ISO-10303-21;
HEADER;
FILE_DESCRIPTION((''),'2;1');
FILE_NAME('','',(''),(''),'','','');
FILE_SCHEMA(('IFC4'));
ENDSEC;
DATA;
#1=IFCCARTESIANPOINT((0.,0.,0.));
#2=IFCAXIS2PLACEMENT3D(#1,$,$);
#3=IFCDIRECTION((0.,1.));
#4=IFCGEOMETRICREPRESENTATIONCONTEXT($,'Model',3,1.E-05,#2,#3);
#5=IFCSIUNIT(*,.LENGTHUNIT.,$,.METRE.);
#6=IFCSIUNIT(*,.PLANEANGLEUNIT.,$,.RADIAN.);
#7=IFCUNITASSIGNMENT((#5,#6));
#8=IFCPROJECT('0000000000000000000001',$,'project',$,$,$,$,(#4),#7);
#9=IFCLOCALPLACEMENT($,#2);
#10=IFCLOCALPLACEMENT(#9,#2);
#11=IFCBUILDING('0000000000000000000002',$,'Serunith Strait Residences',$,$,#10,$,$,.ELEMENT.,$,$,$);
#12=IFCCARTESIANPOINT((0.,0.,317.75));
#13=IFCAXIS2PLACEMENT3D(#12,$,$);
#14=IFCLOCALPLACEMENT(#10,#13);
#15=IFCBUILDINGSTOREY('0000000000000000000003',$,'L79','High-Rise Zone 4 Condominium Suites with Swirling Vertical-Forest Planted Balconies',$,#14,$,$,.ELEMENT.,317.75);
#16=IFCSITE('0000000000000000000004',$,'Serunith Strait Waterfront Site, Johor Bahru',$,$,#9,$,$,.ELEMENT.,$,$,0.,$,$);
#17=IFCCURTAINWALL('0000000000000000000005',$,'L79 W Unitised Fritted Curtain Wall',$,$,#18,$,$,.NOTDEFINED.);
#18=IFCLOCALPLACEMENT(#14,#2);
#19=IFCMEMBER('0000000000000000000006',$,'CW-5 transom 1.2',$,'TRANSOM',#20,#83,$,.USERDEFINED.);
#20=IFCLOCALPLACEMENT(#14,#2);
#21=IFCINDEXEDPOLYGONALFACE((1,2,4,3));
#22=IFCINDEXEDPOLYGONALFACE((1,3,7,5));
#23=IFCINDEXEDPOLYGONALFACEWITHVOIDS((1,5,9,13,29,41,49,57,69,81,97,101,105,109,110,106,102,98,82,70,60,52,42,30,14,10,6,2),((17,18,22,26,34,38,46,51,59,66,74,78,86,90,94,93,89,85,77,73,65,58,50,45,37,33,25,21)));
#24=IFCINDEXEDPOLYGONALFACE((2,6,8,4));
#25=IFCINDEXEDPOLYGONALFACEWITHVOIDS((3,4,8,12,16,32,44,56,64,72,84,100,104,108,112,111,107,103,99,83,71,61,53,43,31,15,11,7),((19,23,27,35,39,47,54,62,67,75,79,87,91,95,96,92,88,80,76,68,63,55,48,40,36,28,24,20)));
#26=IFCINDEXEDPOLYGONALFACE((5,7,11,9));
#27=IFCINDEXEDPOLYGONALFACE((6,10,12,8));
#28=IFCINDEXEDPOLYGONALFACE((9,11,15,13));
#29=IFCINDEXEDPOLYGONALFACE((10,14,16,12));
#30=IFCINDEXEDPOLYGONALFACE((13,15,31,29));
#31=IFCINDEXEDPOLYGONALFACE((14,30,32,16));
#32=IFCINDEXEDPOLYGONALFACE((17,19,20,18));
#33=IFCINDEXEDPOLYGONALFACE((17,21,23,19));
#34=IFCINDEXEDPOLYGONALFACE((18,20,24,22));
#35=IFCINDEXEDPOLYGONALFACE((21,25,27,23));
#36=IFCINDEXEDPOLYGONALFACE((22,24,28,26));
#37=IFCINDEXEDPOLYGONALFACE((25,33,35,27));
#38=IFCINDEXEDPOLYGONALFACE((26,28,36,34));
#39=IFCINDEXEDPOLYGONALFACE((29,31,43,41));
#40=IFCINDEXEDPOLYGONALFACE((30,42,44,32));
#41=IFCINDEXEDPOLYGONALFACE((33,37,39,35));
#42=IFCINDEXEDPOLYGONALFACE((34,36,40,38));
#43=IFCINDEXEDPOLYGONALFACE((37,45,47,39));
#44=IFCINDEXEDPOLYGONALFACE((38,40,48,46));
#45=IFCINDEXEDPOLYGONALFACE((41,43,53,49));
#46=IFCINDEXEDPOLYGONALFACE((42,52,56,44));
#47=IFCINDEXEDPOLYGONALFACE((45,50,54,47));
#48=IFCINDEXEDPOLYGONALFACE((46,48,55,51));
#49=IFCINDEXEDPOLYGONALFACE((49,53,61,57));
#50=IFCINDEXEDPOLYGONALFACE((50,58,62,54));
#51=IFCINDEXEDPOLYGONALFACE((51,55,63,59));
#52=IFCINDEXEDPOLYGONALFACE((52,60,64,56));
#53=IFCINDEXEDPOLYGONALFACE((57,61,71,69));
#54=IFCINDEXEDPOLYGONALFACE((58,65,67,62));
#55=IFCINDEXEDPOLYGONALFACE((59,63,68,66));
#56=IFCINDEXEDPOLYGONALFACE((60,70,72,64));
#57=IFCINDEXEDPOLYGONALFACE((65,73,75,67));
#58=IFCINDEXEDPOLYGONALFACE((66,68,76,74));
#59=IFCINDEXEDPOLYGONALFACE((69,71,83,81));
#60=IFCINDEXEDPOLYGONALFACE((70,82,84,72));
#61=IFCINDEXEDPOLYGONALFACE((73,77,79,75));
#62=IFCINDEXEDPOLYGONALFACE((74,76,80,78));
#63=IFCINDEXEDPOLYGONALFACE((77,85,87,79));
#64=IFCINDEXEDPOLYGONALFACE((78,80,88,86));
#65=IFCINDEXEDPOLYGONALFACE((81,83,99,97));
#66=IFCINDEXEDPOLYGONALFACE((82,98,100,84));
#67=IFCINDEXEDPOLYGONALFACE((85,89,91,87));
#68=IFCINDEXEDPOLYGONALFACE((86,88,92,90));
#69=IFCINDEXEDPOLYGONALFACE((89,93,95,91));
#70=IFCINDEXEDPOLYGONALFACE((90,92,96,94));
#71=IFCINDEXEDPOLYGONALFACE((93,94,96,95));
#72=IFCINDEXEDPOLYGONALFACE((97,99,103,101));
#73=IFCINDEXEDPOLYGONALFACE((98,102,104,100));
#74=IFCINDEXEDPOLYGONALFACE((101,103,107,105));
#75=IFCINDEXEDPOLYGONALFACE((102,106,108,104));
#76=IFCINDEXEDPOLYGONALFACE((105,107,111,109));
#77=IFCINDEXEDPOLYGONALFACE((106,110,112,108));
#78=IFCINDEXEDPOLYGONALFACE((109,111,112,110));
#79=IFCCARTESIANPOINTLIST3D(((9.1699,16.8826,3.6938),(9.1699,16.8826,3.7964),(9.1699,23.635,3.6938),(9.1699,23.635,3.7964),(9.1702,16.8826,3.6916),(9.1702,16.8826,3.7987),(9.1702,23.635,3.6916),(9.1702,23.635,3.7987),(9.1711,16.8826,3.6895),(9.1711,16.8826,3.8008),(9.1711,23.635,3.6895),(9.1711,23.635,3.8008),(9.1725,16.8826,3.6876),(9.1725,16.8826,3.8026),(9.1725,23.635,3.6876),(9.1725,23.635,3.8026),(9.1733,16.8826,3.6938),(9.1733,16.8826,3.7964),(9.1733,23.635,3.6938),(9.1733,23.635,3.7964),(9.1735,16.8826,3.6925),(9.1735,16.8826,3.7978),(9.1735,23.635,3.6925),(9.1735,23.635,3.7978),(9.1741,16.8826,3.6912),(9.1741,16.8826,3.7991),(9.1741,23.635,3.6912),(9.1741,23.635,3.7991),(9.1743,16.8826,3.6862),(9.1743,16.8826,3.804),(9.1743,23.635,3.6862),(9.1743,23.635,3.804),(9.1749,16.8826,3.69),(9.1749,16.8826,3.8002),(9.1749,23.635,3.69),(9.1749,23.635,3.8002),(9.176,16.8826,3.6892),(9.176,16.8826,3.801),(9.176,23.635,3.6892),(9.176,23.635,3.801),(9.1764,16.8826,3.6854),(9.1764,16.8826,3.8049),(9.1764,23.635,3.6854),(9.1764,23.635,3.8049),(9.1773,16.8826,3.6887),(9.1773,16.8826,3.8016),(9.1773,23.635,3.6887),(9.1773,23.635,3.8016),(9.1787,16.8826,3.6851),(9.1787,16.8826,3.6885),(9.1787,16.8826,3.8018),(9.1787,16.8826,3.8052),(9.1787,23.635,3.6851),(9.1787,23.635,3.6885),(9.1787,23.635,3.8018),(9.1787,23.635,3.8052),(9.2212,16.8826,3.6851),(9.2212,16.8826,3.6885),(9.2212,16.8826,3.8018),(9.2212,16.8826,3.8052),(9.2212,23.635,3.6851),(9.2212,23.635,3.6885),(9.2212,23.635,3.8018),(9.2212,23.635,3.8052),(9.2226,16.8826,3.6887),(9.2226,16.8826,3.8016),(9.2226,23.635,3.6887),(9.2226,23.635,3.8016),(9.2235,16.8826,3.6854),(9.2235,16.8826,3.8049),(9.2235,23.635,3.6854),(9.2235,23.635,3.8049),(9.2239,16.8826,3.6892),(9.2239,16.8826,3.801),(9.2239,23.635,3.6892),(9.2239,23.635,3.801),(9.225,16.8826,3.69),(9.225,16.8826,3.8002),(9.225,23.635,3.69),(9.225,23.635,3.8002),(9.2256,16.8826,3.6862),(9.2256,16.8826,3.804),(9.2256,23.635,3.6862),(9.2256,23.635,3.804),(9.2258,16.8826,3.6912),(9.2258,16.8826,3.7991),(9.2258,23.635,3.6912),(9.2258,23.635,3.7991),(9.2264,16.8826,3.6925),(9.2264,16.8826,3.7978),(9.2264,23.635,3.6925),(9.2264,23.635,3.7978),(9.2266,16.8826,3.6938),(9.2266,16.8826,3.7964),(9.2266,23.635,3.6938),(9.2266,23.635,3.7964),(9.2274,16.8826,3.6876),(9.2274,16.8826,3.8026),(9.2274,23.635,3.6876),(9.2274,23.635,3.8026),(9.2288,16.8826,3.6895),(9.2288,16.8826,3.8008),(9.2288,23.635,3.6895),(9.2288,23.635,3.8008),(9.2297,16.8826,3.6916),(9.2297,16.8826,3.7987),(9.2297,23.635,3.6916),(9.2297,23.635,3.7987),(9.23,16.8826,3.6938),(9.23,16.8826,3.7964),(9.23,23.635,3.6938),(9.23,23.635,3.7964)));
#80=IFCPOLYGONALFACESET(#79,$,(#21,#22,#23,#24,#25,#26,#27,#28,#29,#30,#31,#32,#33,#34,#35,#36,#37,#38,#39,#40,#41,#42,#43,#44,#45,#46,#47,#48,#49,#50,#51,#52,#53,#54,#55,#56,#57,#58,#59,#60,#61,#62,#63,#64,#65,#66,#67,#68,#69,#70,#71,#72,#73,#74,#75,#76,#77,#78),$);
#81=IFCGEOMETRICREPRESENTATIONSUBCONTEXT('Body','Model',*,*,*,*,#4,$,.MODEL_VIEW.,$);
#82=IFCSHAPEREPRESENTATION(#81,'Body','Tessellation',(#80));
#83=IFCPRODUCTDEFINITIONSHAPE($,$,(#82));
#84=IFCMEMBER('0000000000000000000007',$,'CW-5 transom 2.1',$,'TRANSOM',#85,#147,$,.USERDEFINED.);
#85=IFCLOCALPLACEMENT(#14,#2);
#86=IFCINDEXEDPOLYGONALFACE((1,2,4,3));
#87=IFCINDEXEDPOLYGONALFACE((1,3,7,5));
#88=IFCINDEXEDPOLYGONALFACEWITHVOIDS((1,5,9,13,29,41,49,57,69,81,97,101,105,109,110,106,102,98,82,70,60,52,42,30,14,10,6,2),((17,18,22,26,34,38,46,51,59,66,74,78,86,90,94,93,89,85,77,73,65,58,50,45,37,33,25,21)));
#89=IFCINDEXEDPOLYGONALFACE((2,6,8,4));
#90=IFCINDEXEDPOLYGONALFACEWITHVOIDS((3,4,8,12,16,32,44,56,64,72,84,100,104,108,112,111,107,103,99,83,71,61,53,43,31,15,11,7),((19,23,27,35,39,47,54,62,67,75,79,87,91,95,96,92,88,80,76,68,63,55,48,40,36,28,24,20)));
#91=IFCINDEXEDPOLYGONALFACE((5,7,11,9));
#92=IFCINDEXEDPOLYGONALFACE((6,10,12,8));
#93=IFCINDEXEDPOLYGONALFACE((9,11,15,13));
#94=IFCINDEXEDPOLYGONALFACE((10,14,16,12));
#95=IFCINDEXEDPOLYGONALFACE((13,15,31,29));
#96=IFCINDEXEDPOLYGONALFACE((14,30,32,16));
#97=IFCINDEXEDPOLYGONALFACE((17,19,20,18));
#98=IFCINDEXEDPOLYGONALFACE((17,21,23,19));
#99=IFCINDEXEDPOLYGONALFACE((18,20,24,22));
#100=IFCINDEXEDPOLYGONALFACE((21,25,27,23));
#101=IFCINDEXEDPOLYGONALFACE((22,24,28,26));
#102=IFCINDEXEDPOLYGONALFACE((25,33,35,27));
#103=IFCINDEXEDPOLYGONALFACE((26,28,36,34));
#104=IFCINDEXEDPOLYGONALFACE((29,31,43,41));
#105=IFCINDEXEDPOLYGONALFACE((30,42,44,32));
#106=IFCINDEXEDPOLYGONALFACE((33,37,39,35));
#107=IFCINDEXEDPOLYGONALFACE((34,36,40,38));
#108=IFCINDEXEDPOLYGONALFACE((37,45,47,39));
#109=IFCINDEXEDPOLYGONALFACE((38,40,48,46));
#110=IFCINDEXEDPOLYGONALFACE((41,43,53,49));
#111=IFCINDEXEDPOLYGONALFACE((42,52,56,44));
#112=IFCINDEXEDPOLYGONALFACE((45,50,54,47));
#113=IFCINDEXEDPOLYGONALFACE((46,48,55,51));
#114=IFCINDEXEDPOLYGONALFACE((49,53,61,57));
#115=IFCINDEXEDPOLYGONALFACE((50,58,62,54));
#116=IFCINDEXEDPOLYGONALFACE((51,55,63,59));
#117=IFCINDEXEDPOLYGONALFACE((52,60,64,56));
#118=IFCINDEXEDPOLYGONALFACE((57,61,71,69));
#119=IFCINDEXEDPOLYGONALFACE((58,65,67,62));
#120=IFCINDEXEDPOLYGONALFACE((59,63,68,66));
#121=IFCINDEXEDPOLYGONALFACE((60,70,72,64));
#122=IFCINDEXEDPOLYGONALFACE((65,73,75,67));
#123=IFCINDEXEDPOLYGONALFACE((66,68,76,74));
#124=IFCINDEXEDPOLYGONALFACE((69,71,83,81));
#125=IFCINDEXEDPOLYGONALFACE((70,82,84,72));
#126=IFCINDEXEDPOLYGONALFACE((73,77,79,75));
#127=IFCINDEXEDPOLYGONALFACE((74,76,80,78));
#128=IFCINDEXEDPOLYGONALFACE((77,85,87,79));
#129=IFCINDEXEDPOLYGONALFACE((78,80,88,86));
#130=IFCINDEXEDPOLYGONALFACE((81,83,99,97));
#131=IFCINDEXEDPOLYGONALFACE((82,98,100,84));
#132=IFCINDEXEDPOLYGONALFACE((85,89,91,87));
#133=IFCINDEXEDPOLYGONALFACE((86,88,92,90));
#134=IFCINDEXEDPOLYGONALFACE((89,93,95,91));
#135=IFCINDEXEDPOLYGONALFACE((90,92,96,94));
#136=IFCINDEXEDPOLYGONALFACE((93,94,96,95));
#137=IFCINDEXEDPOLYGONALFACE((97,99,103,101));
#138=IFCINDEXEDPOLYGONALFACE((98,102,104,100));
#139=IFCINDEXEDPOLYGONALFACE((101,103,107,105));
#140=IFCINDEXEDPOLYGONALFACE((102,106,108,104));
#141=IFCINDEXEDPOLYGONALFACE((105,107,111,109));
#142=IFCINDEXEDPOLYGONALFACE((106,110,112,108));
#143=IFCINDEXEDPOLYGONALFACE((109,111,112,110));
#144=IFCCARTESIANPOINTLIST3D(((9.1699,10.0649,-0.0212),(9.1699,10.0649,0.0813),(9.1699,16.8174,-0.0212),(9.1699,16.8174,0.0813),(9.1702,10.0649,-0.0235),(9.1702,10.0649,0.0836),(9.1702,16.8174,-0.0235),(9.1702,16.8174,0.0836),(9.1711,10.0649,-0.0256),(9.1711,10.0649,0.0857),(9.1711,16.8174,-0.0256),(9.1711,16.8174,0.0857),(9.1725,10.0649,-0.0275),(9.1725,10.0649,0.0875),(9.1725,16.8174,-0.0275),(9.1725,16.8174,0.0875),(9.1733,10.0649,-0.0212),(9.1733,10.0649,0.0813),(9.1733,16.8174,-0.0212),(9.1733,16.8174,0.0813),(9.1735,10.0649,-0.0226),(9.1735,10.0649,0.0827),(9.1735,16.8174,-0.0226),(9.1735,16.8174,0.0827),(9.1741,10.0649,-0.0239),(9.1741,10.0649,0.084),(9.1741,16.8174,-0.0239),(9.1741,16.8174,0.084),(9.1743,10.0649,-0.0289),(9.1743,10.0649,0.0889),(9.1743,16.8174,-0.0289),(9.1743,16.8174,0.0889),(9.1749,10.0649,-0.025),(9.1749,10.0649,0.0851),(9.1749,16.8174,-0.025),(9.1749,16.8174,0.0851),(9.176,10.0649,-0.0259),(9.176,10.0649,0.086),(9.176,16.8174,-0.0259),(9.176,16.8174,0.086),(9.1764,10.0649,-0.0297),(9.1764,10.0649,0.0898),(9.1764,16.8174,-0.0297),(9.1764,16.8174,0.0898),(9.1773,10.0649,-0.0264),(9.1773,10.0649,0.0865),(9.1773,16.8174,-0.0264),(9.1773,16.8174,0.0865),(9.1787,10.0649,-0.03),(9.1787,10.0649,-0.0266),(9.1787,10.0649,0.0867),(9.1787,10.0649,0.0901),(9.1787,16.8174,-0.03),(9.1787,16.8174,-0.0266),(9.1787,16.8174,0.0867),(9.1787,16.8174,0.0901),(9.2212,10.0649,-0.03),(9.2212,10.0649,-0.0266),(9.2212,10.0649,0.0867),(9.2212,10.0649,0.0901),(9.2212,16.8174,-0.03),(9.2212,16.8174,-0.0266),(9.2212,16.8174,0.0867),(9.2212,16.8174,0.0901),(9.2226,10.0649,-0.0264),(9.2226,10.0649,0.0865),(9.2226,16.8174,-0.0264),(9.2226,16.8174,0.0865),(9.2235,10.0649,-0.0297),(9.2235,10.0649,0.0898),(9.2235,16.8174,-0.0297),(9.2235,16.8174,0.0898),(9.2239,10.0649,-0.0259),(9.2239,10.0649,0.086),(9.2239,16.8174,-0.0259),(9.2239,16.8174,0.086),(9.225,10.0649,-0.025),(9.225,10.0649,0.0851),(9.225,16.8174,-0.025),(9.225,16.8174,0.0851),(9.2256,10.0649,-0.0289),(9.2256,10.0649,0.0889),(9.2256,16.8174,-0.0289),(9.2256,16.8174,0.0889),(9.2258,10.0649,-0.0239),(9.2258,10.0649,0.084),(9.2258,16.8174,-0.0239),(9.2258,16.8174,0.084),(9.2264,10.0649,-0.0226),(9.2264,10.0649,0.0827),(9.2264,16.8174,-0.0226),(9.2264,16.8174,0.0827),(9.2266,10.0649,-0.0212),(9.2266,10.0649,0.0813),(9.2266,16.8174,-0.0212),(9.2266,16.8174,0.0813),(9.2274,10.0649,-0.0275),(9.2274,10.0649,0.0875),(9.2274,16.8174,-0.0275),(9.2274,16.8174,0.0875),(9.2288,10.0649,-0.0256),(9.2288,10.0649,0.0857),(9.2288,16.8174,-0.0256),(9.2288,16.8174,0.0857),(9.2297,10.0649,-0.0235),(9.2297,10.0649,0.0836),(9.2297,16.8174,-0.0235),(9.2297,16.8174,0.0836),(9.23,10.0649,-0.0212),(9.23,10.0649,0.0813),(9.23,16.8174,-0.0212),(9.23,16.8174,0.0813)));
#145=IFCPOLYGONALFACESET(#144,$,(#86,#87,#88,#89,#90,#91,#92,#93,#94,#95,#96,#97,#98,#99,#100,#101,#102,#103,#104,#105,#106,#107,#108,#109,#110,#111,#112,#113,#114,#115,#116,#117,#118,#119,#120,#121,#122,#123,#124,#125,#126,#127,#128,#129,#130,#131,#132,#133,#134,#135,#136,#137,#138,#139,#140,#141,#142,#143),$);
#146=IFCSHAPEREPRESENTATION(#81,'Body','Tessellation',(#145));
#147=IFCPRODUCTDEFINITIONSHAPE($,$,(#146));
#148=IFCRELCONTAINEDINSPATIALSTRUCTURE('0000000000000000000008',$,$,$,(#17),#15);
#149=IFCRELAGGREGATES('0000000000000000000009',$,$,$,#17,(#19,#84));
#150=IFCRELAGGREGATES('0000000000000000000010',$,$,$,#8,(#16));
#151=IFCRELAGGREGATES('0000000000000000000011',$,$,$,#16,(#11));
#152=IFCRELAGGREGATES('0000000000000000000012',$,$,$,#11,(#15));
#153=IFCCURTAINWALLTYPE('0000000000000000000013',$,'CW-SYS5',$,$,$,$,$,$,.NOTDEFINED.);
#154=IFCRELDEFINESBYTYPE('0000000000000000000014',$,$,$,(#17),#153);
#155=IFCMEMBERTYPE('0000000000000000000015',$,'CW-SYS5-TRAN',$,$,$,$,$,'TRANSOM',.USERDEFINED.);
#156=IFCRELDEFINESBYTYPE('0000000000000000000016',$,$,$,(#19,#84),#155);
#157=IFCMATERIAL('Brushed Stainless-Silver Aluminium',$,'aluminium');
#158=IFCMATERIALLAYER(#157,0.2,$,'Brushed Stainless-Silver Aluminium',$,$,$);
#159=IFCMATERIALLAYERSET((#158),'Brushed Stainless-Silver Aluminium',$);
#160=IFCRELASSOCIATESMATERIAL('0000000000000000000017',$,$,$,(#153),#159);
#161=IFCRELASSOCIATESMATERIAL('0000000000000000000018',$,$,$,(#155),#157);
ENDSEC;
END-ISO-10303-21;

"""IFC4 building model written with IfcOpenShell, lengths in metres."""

from ifc_helpers import new_model, si_unit, direction, frame, origin, origin_2d, place, context, subcontext, project, spatial, hollow_rectangle, extrude, source, transform, mapped, material, layer, layer_set, material_profile, profile_set, type_object, element, aggregate, save


model = new_model("IFC4")

# Units and contexts
model_context = context("Model", 3, precision=1e-05, world=origin(), true_north=direction((0.0, 1.0)))
body_context = subcontext(model_context, "Body", "Model", "MODEL_VIEW")
ifc_project = project(units=[si_unit("LENGTHUNIT", "METRE"), si_unit("PLANEANGLEUNIT", "RADIAN")], contexts=[model_context])

# Site, building, storey
site_placement = place(None, origin())
site = spatial("IfcSite", under=ifc_project, at=site_placement, Name="Serunith Strait Waterfront Site, Johor Bahru", CompositionType="ELEMENT", RefElevation=0.0)
building_placement = place(site_placement, origin())
building = spatial("IfcBuilding", under=site, at=building_placement, Name="Serunith Strait Residences", CompositionType="ELEMENT")
storey_placement = place(building_placement, frame((0.0, 0.0, 317.75)))
storey = spatial("IfcBuildingStorey", under=building, at=storey_placement, Name="L79", Description="High-Rise Zone 4 Condominium Suites with Swirling Vertical-Forest Planted Balconies", CompositionType="ELEMENT", Elevation=317.75)

# Curtain wall, members
ifc_material_1 = material(Name="Brushed Stainless-Silver Aluminium", Category="aluminium")
ifc_layer_1 = layer(ifc_material_1, 0.2, Name="Brushed Stainless-Silver Aluminium")
ifc_layer_set_1 = layer_set([ifc_layer_1], Name="Brushed Stainless-Silver Aluminium")
curtain_wall_type = type_object("IfcCurtainWallType", Name="CW-SYS5", PredefinedType="NOTDEFINED", material=ifc_layer_set_1)
curtain_wall_placement = place(storey_placement, origin())
curtain_wall = element("IfcCurtainWall", 1, at=curtain_wall_placement, inside=storey, type_object=curtain_wall_type, Name="L79 W Unitised Fritted Curtain Wall", PredefinedType="NOTDEFINED")
ifc_material_profile_1 = material_profile(ifc_material_1, hollow_rectangle(XDim=0.0601, YDim=0.1201, WallThickness=0.0034, InnerFilletRadius=0.0054, OuterFilletRadius=0.0088, at=origin_2d()), Name="ALU 120x60x3.5")
ifc_profile_set_1 = profile_set([ifc_material_profile_1], Name="Brushed Stainless-Silver Aluminium")
member_type_1 = type_object("IfcMemberType", Name="CW-SYS5-TRAN", ElementType="TRANSOM", PredefinedType="USERDEFINED", material=ifc_profile_set_1)
shared_shape_1 = source(origin(), body_context, "Body", "SweptSolid", [
    extrude(hollow_rectangle(XDim=0.0601, YDim=0.1201, WallThickness=0.0034, InnerFilletRadius=0.0054, OuterFilletRadius=0.0088, at=origin_2d()), origin(), (0.0, 0.0, 1.0), 6.7524),
])
member_1_placement = place(storey_placement, frame((9.2, 23.635, 3.7451), z_axis=(0.0, -1.0, 0.0), x_axis=(1.0, 0.0, 0.0)))
member_1 = element("IfcMember", 2, at=member_1_placement, type_object=member_type_1, Name="CW-5 transom 1.2", ObjectType="TRANSOM", PredefinedType="USERDEFINED", context=body_context, shape_type="MappedRepresentation", body=[
    mapped(shared_shape_1, transform((0.0, 0.0, 0.0), scale=1.0)),
])
member_2_placement = place(storey_placement, frame((9.2, 16.8174, 0.03), z_axis=(0.0, -1.0, 0.0), x_axis=(1.0, 0.0, 0.0)))
member_2 = element("IfcMember", 3, at=member_2_placement, type_object=member_type_1, Name="CW-5 transom 2.1", ObjectType="TRANSOM", PredefinedType="USERDEFINED", context=body_context, shape_type="MappedRepresentation", body=[
    mapped(shared_shape_1, transform((0.0, 0.0, 0.0), scale=1.0)),
])
aggregate(curtain_wall, [member_1, member_2])

save(model, "model.ifc")
